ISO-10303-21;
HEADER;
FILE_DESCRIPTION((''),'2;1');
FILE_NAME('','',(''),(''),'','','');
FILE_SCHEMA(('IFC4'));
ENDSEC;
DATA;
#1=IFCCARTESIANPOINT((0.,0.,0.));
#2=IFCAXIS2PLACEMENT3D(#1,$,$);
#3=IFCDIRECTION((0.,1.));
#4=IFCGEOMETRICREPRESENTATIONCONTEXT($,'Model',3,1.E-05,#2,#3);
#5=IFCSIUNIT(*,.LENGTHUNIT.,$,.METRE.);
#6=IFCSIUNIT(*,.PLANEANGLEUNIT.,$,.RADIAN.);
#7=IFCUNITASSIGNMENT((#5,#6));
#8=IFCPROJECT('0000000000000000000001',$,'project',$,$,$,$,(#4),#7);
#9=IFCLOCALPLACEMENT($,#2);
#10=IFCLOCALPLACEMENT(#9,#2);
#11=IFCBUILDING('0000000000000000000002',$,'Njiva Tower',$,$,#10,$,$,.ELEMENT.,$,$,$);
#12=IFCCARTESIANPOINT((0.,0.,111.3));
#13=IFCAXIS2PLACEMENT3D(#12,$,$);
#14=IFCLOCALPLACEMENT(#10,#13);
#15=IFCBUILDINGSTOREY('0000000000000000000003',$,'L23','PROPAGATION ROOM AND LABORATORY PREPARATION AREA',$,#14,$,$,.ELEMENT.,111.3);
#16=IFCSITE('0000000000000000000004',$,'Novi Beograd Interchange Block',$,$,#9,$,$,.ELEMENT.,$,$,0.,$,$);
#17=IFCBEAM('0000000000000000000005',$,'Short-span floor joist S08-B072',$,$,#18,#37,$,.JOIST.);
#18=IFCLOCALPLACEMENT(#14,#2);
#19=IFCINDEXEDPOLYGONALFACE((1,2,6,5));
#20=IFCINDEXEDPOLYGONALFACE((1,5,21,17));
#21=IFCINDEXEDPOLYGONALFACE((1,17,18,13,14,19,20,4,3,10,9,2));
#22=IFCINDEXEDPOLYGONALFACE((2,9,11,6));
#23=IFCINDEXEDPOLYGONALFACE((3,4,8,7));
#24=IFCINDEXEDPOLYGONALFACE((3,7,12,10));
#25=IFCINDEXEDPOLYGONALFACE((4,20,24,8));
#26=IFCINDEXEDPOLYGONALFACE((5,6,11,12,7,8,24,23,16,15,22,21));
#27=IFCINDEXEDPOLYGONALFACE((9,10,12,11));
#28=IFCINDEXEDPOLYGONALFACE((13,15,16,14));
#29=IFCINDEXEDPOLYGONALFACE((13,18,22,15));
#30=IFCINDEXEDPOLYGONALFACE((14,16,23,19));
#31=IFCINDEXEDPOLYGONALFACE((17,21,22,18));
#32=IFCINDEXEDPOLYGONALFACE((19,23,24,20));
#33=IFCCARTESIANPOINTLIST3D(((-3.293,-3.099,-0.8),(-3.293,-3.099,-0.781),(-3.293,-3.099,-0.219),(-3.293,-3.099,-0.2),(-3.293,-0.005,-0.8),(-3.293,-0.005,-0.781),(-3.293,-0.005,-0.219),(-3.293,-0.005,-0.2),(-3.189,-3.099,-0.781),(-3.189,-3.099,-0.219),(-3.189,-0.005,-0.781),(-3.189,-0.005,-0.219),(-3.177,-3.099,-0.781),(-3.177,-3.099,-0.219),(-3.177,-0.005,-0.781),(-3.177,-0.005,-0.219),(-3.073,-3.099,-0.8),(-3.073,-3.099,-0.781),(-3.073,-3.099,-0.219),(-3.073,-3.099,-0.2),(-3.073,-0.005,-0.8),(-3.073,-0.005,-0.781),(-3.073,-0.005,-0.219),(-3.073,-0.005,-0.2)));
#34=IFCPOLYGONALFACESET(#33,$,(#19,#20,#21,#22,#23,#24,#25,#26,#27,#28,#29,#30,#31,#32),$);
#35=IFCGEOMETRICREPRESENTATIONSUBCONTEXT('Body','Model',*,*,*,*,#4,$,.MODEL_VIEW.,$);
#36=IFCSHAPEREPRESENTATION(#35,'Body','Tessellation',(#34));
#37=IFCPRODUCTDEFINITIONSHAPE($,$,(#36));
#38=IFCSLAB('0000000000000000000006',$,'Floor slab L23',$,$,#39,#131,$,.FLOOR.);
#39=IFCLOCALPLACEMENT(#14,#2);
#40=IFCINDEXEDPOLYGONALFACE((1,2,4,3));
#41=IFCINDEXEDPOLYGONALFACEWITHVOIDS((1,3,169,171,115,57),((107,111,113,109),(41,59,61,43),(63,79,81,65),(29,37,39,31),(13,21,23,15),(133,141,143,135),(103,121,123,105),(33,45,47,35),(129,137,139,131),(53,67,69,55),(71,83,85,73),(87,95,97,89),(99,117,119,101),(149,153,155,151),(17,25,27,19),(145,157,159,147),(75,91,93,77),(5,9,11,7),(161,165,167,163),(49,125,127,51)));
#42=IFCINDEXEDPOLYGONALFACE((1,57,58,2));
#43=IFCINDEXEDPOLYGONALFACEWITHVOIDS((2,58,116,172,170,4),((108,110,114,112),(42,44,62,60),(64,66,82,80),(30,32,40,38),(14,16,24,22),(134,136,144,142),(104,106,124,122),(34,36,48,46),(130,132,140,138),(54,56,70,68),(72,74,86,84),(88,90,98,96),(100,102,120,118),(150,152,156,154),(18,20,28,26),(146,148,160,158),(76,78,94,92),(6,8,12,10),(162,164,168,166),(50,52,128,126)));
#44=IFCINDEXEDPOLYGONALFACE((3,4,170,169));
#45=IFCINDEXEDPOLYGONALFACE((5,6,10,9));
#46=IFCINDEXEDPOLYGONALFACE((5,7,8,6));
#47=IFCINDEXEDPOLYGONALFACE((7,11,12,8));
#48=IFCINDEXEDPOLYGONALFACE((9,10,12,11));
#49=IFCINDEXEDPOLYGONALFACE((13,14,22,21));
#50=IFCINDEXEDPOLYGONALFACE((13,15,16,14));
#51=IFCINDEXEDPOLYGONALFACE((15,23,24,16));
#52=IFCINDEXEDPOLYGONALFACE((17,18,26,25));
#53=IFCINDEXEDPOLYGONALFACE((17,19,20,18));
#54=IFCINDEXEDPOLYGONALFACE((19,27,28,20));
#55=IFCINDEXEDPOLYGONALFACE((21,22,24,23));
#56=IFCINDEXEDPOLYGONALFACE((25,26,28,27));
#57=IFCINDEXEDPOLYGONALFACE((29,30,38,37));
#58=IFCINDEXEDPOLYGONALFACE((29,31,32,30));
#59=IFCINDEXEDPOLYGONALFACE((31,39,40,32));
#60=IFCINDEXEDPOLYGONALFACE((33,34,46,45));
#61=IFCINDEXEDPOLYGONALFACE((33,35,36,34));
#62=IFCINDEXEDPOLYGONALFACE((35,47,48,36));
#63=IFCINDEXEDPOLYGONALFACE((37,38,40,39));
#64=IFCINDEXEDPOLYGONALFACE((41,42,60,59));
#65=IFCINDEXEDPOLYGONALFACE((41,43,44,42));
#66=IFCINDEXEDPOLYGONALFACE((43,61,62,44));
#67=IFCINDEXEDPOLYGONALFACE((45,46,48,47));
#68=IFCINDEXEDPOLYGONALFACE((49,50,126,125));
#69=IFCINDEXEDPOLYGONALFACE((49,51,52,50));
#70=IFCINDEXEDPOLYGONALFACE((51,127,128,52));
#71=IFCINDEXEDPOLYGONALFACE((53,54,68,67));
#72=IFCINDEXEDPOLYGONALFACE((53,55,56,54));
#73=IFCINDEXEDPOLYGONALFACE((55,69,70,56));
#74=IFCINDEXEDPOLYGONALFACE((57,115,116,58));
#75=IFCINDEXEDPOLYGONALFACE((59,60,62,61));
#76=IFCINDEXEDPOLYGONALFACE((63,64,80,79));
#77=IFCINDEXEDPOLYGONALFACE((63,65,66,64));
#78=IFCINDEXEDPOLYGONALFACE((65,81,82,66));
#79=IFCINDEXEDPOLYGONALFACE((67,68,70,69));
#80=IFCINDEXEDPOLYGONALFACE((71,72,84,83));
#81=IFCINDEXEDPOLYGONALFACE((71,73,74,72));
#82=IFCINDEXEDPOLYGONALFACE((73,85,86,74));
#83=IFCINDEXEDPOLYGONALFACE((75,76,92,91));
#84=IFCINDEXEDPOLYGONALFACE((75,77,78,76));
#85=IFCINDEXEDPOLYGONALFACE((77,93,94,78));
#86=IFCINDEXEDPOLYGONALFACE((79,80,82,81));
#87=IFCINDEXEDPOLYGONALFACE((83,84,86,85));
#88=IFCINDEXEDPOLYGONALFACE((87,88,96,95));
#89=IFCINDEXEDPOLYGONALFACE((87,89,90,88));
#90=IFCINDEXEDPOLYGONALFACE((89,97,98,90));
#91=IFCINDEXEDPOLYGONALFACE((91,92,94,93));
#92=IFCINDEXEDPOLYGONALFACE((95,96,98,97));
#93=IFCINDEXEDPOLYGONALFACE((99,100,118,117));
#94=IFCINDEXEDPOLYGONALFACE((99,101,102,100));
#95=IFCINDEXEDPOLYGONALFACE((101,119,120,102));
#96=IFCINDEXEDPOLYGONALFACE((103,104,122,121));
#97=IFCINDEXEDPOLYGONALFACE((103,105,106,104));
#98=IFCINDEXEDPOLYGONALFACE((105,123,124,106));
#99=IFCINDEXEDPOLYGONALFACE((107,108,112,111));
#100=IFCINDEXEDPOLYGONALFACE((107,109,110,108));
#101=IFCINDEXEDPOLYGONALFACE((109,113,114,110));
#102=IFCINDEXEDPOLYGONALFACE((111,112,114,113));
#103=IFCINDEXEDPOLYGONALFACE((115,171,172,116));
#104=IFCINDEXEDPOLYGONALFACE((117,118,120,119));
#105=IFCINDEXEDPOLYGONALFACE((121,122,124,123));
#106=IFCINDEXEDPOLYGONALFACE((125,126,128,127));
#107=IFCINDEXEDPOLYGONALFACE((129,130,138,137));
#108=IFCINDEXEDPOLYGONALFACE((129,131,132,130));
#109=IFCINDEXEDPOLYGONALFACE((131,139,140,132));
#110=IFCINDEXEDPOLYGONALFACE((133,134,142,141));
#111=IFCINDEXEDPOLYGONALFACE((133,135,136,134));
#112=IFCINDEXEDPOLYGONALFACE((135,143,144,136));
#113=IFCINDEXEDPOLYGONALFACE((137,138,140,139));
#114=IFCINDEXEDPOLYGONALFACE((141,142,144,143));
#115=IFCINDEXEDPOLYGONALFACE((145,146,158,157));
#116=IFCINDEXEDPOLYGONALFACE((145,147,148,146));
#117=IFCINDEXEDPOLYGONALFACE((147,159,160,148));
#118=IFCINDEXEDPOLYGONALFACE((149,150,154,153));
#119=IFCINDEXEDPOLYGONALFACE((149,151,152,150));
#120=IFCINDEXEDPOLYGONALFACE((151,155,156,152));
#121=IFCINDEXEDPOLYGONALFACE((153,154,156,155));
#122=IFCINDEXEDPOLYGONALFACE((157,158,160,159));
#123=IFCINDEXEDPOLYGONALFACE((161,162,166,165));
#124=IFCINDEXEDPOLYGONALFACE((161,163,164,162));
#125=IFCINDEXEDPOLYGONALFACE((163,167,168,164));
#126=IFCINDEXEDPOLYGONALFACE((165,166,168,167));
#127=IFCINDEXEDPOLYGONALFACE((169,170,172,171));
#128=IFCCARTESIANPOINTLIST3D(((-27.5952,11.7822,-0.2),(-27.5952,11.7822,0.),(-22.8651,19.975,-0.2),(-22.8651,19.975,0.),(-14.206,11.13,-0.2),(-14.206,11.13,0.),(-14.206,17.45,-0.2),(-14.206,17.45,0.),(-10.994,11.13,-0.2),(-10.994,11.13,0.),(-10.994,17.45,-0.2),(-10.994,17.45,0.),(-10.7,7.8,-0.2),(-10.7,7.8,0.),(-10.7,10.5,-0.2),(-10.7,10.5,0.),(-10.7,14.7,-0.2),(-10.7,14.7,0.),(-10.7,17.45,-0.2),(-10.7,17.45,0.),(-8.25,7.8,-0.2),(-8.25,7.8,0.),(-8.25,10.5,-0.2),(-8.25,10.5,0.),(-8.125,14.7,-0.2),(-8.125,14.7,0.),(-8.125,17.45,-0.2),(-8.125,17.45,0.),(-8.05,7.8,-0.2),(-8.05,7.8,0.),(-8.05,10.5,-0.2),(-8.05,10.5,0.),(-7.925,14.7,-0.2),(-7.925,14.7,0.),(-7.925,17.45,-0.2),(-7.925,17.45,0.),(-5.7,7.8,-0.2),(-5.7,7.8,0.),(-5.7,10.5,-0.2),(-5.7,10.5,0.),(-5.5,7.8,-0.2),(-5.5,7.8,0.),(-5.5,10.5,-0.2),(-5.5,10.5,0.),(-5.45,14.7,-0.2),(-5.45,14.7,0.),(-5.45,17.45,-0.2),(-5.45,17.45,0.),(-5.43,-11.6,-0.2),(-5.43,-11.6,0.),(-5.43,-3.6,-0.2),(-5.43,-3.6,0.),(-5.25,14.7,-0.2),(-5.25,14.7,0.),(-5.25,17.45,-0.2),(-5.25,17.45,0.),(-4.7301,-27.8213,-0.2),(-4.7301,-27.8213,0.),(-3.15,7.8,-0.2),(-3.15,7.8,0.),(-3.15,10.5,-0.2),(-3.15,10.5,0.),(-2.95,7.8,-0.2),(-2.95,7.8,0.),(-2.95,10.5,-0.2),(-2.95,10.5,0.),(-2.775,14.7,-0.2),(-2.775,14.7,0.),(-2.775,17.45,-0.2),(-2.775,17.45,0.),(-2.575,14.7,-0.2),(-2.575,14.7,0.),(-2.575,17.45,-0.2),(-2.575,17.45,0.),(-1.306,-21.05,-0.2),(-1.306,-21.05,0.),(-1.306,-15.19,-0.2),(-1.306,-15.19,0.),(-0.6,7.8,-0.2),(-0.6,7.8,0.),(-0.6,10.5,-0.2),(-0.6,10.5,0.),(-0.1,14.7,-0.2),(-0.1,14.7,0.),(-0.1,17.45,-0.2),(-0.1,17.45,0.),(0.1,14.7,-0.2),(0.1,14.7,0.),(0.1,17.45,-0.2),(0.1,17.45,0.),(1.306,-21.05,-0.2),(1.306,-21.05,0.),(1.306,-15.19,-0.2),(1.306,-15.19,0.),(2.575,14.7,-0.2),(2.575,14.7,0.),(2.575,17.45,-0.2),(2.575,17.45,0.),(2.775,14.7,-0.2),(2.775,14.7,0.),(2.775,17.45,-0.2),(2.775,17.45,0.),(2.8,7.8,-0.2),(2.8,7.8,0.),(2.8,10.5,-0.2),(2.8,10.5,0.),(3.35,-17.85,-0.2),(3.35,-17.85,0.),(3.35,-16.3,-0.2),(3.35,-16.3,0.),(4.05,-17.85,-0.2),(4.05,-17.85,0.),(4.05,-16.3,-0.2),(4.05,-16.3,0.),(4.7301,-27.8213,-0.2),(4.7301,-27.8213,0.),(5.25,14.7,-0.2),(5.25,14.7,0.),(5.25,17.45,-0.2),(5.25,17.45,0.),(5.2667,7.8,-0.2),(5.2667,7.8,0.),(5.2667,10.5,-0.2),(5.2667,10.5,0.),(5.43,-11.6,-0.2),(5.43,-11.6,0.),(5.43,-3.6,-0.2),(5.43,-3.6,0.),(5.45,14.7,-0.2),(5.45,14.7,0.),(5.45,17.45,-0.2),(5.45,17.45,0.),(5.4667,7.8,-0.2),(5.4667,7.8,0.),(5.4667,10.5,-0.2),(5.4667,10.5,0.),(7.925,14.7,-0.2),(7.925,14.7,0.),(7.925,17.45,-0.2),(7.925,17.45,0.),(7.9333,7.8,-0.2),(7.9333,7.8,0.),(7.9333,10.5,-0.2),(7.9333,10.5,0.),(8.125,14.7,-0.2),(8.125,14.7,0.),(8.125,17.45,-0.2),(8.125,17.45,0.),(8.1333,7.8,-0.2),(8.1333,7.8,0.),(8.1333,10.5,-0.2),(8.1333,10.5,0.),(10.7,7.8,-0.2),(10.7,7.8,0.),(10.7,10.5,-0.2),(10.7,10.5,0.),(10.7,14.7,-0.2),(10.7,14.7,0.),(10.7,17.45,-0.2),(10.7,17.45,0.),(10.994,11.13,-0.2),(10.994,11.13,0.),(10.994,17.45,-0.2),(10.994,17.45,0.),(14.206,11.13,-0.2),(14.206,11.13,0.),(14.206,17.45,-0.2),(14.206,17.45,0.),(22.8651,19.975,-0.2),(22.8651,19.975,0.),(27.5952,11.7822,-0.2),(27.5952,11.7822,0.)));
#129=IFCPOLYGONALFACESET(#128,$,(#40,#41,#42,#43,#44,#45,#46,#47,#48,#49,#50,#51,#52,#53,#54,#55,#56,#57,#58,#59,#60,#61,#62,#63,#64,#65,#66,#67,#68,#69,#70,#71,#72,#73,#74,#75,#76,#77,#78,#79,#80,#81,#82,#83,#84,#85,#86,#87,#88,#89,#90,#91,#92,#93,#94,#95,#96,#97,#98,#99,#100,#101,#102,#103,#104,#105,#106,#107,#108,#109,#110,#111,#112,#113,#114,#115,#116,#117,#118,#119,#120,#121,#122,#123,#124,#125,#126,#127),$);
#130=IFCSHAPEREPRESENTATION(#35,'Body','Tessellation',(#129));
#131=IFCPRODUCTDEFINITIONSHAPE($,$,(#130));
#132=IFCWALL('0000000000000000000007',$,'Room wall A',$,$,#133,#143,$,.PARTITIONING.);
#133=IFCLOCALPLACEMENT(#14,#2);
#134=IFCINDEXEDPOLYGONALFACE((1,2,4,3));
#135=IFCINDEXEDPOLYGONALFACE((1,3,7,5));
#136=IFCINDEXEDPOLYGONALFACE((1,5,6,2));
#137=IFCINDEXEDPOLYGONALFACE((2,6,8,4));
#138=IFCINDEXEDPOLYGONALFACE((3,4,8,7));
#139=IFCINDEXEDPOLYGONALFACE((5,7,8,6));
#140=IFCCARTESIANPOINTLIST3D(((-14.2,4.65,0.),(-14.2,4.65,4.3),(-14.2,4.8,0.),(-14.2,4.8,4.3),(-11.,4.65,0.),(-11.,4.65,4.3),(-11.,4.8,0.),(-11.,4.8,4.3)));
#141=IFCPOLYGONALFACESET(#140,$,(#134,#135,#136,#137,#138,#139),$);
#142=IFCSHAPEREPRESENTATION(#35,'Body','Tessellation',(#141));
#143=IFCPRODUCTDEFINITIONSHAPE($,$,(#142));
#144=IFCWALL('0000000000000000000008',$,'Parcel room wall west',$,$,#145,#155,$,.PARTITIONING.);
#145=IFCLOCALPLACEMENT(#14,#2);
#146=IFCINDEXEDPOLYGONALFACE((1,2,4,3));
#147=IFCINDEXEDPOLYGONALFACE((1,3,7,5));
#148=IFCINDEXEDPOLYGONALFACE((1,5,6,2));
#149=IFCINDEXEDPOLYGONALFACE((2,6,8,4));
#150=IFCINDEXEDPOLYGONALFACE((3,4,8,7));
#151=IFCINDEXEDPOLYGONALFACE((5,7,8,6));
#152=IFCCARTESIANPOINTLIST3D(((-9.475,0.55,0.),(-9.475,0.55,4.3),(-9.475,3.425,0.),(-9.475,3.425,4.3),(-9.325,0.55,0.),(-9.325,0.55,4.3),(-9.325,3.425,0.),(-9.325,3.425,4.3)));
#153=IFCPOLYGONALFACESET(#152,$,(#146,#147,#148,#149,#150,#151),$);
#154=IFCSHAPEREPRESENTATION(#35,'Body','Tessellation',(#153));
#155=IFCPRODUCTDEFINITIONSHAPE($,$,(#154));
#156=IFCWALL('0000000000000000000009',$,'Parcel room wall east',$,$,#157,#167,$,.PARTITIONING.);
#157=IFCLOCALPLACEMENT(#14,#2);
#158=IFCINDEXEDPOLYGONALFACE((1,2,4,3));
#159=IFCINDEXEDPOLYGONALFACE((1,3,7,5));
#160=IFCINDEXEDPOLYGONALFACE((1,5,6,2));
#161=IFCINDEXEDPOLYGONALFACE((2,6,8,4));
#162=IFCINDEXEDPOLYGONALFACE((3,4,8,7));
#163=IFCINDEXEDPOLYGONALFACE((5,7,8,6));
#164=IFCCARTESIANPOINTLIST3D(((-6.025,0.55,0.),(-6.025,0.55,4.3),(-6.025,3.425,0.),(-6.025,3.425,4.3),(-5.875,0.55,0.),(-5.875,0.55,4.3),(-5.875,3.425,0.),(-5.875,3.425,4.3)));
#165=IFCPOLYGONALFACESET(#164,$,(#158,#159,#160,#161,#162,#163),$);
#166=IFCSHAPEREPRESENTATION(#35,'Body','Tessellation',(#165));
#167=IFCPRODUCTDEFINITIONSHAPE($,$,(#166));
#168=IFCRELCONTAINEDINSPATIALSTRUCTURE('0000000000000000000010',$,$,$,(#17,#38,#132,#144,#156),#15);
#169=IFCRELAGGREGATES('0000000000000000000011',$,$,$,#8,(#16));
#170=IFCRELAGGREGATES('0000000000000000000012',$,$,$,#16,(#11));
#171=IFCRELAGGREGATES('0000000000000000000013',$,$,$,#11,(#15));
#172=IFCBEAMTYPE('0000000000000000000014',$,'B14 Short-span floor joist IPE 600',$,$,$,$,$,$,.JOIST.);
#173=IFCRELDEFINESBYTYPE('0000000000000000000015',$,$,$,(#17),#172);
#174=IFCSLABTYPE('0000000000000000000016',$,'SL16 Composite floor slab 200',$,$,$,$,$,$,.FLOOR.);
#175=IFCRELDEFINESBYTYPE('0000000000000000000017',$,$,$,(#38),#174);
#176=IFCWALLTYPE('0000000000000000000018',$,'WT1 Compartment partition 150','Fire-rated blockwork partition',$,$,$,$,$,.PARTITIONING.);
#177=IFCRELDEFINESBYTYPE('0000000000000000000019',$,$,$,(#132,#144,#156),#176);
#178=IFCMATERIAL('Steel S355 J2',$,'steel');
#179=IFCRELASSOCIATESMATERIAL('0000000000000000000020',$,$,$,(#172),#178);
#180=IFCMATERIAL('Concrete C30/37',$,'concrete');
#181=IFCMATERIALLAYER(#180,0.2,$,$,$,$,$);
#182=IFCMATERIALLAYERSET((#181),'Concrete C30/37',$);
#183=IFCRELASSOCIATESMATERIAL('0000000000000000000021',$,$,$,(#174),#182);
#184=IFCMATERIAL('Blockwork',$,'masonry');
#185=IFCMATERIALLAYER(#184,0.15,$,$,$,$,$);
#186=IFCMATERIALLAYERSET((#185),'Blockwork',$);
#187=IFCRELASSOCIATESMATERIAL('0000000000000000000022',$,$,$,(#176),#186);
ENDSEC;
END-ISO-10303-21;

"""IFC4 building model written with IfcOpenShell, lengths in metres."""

from ifc_helpers import new_model, si_unit, direction, frame, frame_2d, origin, origin_2d, place, context, subcontext, project, spatial, polyline, rectangle, i_section, outline, extrude, material, layer, layer_set, material_profile, profile_set, type_object, element, save


model = new_model("IFC4")

# Units and contexts
model_context = context("Model", 3, precision=1e-05, world=origin(), true_north=direction((0.0, 1.0)))
body_context = subcontext(model_context, "Body", "Model", "MODEL_VIEW")
ifc_project = project(units=[si_unit("LENGTHUNIT", "METRE"), si_unit("PLANEANGLEUNIT", "RADIAN")], contexts=[model_context])

# Site, building, storey
site_placement = place(None, origin())
site = spatial("IfcSite", under=ifc_project, at=site_placement, Name="Novi Beograd Interchange Block", CompositionType="ELEMENT", RefElevation=0.0)
building_placement = place(site_placement, origin())
building = spatial("IfcBuilding", under=site, at=building_placement, Name="Njiva Tower", CompositionType="ELEMENT")
storey_placement = place(building_placement, frame((0.0, 0.0, 111.3)))
storey = spatial("IfcBuildingStorey", under=building, at=storey_placement, Name="L23", Description="PROPAGATION ROOM AND LABORATORY PREPARATION AREA", CompositionType="ELEMENT", Elevation=111.3)

# Beam
ifc_material_1 = material(Name="Steel S355 J2", Category="steel")
ifc_material_profile = material_profile(ifc_material_1, i_section(OverallWidth=0.22, OverallDepth=0.6, WebThickness=0.012, FlangeThickness=0.019, at=origin_2d()), Name="IPE 600")
ifc_profile_set = profile_set([ifc_material_profile], Name="Steel S355 J2")
beam_type = type_object("IfcBeamType", Name="B14 Short-span floor joist IPE 600", PredefinedType="JOIST", material=ifc_profile_set)
beam_placement = place(storey_placement, frame((-3.183, -0.005, -0.5), z_axis=(0.0, -1.0, 0.0), x_axis=(1.0, 0.0, 0.0)))
element("IfcBeam", 1, at=beam_placement, inside=storey, type_object=beam_type, Name="Short-span floor joist S08-B072", PredefinedType="JOIST", context=body_context, shape_type="SweptSolid", body=[
    extrude(i_section(OverallWidth=0.22, OverallDepth=0.6, WebThickness=0.012, FlangeThickness=0.019, at=origin_2d()), origin(), (0.0, 0.0, 1.0), 3.094),
])

# Slab
ifc_material_2 = material(Name="Concrete C30/37", Category="concrete")
ifc_layer_1 = layer(ifc_material_2, 0.2)
ifc_layer_set_1 = layer_set([ifc_layer_1], Name="Concrete C30/37")
slab_type = type_object("IfcSlabType", Name="SL16 Composite floor slab 200", PredefinedType="FLOOR", material=ifc_layer_set_1)
slab_placement = place(storey_placement, frame((0.0, 0.0, -0.2)))
element("IfcSlab", 2, at=slab_placement, inside=storey, type_object=slab_type, Name="Floor slab L23", PredefinedType="FLOOR", context=body_context, shape_type="SweptSolid", body=[
    extrude(outline(polyline([(27.5952, 11.7822), (4.7301, -27.8213), (-4.7301, -27.8213), (-27.5952, 11.7822), (-22.8651, 19.975), (22.8651, 19.975), (27.5952, 11.7822)]), holes=[polyline([(10.994, 11.13), (14.206, 11.13), (14.206, 17.45), (10.994, 17.45), (10.994, 11.13)]), polyline([(8.125, 17.45), (8.125, 14.7), (10.7, 14.7), (10.7, 17.45), (8.125, 17.45)]), polyline([(8.1333, 10.5), (8.1333, 7.8), (10.7, 7.8), (10.7, 10.5), (8.1333, 10.5)]), polyline([(5.4667, 10.5), (5.4667, 7.8), (7.9333, 7.8), (7.9333, 10.5), (5.4667, 10.5)]), polyline([(5.45, 17.45), (5.45, 14.7), (7.925, 14.7), (7.925, 17.45), (5.45, 17.45)]), polyline([(5.43, -11.6), (5.43, -3.6), (-5.43, -3.6), (-5.43, -11.6), (5.43, -11.6)]), polyline([(2.8, 7.8), (5.2667, 7.8), (5.2667, 10.5), (2.8, 10.5), (2.8, 7.8)]), polyline([(2.775, 14.7), (5.25, 14.7), (5.25, 17.45), (2.775, 17.45), (2.775, 14.7)]), polyline([(3.35, -17.85), (4.05, -17.85), (4.05, -16.3), (3.35, -16.3), (3.35, -17.85)]), polyline([(0.1, 14.7), (2.575, 14.7), (2.575, 17.45), (0.1, 17.45), (0.1, 14.7)]), polyline([(-1.306, -21.05), (1.306, -21.05), (1.306, -15.19), (-1.306, -15.19), (-1.306, -21.05)]), polyline([(-2.575, 17.45), (-2.575, 14.7), (-0.1, 14.7), (-0.1, 17.45), (-2.575, 17.45)]), polyline([(-2.95, 10.5), (-2.95, 7.8), (-0.6, 7.8), (-0.6, 10.5), (-2.95, 10.5)]), polyline([(-5.25, 17.45), (-5.25, 14.7), (-2.775, 14.7), (-2.775, 17.45), (-5.25, 17.45)]), polyline([(-5.5, 10.5), (-5.5, 7.8), (-3.15, 7.8), (-3.15, 10.5), (-5.5, 10.5)]), polyline([(-7.925, 14.7), (-5.45, 14.7), (-5.45, 17.45), (-7.925, 17.45), (-7.925, 14.7)]), polyline([(-8.05, 7.8), (-5.7, 7.8), (-5.7, 10.5), (-8.05, 10.5), (-8.05, 7.8)]), polyline([(-10.7, 14.7), (-8.125, 14.7), (-8.125, 17.45), (-10.7, 17.45), (-10.7, 14.7)]), polyline([(-10.7, 7.8), (-8.25, 7.8), (-8.25, 10.5), (-10.7, 10.5), (-10.7, 7.8)]), polyline([(-14.206, 11.13), (-10.994, 11.13), (-10.994, 17.45), (-14.206, 17.45), (-14.206, 11.13)])]), origin(), (0.0, 0.0, 1.0), 0.2),
])

# Walls
ifc_material_3 = material(Name="Blockwork", Category="masonry")
ifc_layer_2 = layer(ifc_material_3, 0.15)
ifc_layer_set_2 = layer_set([ifc_layer_2], Name="Blockwork")
wall_type_1 = type_object("IfcWallType", Name="WT1 Compartment partition 150", Description="Fire-rated blockwork partition", PredefinedType="PARTITIONING", material=ifc_layer_set_2)
wall_1_placement = place(storey_placement, frame((-14.2, 4.725, 0.0), z_axis=(0.0, 0.0, 1.0), x_axis=(1.0, 0.0, 0.0)))
element("IfcWall", 3, at=wall_1_placement, inside=storey, type_object=wall_type_1, Name="Room wall A", PredefinedType="PARTITIONING", context=body_context, shape_type="SweptSolid", body=[
    extrude(rectangle(XDim=3.2, YDim=0.15, at=frame_2d((1.6, 0.0))), origin(), (0.0, 0.0, 1.0), 4.3),
])
for number, where, z_axis, x_axis, name in (
    (4, (-9.4, 0.55, 0.0), (0.0, 0.0, 1.0), (0.0, 1.0, 0.0), "Parcel room wall west"),
    (5, (-5.95, 0.55, 0.0), (0.0, 0.0, 1.0), (0.0, 1.0, 0.0), "Parcel room wall east"),
):
    element("IfcWall", number, at=place(storey_placement, frame(where, z_axis=z_axis, x_axis=x_axis)), inside=storey, type_object=wall_type_1, Name=name, PredefinedType="PARTITIONING", context=body_context, shape_type="SweptSolid", body=[
        extrude(rectangle(XDim=2.875, YDim=0.15, at=frame_2d((1.4375, 0.0))), origin(), (0.0, 0.0, 1.0), 4.3),
    ])

save(model, "model.ifc")
